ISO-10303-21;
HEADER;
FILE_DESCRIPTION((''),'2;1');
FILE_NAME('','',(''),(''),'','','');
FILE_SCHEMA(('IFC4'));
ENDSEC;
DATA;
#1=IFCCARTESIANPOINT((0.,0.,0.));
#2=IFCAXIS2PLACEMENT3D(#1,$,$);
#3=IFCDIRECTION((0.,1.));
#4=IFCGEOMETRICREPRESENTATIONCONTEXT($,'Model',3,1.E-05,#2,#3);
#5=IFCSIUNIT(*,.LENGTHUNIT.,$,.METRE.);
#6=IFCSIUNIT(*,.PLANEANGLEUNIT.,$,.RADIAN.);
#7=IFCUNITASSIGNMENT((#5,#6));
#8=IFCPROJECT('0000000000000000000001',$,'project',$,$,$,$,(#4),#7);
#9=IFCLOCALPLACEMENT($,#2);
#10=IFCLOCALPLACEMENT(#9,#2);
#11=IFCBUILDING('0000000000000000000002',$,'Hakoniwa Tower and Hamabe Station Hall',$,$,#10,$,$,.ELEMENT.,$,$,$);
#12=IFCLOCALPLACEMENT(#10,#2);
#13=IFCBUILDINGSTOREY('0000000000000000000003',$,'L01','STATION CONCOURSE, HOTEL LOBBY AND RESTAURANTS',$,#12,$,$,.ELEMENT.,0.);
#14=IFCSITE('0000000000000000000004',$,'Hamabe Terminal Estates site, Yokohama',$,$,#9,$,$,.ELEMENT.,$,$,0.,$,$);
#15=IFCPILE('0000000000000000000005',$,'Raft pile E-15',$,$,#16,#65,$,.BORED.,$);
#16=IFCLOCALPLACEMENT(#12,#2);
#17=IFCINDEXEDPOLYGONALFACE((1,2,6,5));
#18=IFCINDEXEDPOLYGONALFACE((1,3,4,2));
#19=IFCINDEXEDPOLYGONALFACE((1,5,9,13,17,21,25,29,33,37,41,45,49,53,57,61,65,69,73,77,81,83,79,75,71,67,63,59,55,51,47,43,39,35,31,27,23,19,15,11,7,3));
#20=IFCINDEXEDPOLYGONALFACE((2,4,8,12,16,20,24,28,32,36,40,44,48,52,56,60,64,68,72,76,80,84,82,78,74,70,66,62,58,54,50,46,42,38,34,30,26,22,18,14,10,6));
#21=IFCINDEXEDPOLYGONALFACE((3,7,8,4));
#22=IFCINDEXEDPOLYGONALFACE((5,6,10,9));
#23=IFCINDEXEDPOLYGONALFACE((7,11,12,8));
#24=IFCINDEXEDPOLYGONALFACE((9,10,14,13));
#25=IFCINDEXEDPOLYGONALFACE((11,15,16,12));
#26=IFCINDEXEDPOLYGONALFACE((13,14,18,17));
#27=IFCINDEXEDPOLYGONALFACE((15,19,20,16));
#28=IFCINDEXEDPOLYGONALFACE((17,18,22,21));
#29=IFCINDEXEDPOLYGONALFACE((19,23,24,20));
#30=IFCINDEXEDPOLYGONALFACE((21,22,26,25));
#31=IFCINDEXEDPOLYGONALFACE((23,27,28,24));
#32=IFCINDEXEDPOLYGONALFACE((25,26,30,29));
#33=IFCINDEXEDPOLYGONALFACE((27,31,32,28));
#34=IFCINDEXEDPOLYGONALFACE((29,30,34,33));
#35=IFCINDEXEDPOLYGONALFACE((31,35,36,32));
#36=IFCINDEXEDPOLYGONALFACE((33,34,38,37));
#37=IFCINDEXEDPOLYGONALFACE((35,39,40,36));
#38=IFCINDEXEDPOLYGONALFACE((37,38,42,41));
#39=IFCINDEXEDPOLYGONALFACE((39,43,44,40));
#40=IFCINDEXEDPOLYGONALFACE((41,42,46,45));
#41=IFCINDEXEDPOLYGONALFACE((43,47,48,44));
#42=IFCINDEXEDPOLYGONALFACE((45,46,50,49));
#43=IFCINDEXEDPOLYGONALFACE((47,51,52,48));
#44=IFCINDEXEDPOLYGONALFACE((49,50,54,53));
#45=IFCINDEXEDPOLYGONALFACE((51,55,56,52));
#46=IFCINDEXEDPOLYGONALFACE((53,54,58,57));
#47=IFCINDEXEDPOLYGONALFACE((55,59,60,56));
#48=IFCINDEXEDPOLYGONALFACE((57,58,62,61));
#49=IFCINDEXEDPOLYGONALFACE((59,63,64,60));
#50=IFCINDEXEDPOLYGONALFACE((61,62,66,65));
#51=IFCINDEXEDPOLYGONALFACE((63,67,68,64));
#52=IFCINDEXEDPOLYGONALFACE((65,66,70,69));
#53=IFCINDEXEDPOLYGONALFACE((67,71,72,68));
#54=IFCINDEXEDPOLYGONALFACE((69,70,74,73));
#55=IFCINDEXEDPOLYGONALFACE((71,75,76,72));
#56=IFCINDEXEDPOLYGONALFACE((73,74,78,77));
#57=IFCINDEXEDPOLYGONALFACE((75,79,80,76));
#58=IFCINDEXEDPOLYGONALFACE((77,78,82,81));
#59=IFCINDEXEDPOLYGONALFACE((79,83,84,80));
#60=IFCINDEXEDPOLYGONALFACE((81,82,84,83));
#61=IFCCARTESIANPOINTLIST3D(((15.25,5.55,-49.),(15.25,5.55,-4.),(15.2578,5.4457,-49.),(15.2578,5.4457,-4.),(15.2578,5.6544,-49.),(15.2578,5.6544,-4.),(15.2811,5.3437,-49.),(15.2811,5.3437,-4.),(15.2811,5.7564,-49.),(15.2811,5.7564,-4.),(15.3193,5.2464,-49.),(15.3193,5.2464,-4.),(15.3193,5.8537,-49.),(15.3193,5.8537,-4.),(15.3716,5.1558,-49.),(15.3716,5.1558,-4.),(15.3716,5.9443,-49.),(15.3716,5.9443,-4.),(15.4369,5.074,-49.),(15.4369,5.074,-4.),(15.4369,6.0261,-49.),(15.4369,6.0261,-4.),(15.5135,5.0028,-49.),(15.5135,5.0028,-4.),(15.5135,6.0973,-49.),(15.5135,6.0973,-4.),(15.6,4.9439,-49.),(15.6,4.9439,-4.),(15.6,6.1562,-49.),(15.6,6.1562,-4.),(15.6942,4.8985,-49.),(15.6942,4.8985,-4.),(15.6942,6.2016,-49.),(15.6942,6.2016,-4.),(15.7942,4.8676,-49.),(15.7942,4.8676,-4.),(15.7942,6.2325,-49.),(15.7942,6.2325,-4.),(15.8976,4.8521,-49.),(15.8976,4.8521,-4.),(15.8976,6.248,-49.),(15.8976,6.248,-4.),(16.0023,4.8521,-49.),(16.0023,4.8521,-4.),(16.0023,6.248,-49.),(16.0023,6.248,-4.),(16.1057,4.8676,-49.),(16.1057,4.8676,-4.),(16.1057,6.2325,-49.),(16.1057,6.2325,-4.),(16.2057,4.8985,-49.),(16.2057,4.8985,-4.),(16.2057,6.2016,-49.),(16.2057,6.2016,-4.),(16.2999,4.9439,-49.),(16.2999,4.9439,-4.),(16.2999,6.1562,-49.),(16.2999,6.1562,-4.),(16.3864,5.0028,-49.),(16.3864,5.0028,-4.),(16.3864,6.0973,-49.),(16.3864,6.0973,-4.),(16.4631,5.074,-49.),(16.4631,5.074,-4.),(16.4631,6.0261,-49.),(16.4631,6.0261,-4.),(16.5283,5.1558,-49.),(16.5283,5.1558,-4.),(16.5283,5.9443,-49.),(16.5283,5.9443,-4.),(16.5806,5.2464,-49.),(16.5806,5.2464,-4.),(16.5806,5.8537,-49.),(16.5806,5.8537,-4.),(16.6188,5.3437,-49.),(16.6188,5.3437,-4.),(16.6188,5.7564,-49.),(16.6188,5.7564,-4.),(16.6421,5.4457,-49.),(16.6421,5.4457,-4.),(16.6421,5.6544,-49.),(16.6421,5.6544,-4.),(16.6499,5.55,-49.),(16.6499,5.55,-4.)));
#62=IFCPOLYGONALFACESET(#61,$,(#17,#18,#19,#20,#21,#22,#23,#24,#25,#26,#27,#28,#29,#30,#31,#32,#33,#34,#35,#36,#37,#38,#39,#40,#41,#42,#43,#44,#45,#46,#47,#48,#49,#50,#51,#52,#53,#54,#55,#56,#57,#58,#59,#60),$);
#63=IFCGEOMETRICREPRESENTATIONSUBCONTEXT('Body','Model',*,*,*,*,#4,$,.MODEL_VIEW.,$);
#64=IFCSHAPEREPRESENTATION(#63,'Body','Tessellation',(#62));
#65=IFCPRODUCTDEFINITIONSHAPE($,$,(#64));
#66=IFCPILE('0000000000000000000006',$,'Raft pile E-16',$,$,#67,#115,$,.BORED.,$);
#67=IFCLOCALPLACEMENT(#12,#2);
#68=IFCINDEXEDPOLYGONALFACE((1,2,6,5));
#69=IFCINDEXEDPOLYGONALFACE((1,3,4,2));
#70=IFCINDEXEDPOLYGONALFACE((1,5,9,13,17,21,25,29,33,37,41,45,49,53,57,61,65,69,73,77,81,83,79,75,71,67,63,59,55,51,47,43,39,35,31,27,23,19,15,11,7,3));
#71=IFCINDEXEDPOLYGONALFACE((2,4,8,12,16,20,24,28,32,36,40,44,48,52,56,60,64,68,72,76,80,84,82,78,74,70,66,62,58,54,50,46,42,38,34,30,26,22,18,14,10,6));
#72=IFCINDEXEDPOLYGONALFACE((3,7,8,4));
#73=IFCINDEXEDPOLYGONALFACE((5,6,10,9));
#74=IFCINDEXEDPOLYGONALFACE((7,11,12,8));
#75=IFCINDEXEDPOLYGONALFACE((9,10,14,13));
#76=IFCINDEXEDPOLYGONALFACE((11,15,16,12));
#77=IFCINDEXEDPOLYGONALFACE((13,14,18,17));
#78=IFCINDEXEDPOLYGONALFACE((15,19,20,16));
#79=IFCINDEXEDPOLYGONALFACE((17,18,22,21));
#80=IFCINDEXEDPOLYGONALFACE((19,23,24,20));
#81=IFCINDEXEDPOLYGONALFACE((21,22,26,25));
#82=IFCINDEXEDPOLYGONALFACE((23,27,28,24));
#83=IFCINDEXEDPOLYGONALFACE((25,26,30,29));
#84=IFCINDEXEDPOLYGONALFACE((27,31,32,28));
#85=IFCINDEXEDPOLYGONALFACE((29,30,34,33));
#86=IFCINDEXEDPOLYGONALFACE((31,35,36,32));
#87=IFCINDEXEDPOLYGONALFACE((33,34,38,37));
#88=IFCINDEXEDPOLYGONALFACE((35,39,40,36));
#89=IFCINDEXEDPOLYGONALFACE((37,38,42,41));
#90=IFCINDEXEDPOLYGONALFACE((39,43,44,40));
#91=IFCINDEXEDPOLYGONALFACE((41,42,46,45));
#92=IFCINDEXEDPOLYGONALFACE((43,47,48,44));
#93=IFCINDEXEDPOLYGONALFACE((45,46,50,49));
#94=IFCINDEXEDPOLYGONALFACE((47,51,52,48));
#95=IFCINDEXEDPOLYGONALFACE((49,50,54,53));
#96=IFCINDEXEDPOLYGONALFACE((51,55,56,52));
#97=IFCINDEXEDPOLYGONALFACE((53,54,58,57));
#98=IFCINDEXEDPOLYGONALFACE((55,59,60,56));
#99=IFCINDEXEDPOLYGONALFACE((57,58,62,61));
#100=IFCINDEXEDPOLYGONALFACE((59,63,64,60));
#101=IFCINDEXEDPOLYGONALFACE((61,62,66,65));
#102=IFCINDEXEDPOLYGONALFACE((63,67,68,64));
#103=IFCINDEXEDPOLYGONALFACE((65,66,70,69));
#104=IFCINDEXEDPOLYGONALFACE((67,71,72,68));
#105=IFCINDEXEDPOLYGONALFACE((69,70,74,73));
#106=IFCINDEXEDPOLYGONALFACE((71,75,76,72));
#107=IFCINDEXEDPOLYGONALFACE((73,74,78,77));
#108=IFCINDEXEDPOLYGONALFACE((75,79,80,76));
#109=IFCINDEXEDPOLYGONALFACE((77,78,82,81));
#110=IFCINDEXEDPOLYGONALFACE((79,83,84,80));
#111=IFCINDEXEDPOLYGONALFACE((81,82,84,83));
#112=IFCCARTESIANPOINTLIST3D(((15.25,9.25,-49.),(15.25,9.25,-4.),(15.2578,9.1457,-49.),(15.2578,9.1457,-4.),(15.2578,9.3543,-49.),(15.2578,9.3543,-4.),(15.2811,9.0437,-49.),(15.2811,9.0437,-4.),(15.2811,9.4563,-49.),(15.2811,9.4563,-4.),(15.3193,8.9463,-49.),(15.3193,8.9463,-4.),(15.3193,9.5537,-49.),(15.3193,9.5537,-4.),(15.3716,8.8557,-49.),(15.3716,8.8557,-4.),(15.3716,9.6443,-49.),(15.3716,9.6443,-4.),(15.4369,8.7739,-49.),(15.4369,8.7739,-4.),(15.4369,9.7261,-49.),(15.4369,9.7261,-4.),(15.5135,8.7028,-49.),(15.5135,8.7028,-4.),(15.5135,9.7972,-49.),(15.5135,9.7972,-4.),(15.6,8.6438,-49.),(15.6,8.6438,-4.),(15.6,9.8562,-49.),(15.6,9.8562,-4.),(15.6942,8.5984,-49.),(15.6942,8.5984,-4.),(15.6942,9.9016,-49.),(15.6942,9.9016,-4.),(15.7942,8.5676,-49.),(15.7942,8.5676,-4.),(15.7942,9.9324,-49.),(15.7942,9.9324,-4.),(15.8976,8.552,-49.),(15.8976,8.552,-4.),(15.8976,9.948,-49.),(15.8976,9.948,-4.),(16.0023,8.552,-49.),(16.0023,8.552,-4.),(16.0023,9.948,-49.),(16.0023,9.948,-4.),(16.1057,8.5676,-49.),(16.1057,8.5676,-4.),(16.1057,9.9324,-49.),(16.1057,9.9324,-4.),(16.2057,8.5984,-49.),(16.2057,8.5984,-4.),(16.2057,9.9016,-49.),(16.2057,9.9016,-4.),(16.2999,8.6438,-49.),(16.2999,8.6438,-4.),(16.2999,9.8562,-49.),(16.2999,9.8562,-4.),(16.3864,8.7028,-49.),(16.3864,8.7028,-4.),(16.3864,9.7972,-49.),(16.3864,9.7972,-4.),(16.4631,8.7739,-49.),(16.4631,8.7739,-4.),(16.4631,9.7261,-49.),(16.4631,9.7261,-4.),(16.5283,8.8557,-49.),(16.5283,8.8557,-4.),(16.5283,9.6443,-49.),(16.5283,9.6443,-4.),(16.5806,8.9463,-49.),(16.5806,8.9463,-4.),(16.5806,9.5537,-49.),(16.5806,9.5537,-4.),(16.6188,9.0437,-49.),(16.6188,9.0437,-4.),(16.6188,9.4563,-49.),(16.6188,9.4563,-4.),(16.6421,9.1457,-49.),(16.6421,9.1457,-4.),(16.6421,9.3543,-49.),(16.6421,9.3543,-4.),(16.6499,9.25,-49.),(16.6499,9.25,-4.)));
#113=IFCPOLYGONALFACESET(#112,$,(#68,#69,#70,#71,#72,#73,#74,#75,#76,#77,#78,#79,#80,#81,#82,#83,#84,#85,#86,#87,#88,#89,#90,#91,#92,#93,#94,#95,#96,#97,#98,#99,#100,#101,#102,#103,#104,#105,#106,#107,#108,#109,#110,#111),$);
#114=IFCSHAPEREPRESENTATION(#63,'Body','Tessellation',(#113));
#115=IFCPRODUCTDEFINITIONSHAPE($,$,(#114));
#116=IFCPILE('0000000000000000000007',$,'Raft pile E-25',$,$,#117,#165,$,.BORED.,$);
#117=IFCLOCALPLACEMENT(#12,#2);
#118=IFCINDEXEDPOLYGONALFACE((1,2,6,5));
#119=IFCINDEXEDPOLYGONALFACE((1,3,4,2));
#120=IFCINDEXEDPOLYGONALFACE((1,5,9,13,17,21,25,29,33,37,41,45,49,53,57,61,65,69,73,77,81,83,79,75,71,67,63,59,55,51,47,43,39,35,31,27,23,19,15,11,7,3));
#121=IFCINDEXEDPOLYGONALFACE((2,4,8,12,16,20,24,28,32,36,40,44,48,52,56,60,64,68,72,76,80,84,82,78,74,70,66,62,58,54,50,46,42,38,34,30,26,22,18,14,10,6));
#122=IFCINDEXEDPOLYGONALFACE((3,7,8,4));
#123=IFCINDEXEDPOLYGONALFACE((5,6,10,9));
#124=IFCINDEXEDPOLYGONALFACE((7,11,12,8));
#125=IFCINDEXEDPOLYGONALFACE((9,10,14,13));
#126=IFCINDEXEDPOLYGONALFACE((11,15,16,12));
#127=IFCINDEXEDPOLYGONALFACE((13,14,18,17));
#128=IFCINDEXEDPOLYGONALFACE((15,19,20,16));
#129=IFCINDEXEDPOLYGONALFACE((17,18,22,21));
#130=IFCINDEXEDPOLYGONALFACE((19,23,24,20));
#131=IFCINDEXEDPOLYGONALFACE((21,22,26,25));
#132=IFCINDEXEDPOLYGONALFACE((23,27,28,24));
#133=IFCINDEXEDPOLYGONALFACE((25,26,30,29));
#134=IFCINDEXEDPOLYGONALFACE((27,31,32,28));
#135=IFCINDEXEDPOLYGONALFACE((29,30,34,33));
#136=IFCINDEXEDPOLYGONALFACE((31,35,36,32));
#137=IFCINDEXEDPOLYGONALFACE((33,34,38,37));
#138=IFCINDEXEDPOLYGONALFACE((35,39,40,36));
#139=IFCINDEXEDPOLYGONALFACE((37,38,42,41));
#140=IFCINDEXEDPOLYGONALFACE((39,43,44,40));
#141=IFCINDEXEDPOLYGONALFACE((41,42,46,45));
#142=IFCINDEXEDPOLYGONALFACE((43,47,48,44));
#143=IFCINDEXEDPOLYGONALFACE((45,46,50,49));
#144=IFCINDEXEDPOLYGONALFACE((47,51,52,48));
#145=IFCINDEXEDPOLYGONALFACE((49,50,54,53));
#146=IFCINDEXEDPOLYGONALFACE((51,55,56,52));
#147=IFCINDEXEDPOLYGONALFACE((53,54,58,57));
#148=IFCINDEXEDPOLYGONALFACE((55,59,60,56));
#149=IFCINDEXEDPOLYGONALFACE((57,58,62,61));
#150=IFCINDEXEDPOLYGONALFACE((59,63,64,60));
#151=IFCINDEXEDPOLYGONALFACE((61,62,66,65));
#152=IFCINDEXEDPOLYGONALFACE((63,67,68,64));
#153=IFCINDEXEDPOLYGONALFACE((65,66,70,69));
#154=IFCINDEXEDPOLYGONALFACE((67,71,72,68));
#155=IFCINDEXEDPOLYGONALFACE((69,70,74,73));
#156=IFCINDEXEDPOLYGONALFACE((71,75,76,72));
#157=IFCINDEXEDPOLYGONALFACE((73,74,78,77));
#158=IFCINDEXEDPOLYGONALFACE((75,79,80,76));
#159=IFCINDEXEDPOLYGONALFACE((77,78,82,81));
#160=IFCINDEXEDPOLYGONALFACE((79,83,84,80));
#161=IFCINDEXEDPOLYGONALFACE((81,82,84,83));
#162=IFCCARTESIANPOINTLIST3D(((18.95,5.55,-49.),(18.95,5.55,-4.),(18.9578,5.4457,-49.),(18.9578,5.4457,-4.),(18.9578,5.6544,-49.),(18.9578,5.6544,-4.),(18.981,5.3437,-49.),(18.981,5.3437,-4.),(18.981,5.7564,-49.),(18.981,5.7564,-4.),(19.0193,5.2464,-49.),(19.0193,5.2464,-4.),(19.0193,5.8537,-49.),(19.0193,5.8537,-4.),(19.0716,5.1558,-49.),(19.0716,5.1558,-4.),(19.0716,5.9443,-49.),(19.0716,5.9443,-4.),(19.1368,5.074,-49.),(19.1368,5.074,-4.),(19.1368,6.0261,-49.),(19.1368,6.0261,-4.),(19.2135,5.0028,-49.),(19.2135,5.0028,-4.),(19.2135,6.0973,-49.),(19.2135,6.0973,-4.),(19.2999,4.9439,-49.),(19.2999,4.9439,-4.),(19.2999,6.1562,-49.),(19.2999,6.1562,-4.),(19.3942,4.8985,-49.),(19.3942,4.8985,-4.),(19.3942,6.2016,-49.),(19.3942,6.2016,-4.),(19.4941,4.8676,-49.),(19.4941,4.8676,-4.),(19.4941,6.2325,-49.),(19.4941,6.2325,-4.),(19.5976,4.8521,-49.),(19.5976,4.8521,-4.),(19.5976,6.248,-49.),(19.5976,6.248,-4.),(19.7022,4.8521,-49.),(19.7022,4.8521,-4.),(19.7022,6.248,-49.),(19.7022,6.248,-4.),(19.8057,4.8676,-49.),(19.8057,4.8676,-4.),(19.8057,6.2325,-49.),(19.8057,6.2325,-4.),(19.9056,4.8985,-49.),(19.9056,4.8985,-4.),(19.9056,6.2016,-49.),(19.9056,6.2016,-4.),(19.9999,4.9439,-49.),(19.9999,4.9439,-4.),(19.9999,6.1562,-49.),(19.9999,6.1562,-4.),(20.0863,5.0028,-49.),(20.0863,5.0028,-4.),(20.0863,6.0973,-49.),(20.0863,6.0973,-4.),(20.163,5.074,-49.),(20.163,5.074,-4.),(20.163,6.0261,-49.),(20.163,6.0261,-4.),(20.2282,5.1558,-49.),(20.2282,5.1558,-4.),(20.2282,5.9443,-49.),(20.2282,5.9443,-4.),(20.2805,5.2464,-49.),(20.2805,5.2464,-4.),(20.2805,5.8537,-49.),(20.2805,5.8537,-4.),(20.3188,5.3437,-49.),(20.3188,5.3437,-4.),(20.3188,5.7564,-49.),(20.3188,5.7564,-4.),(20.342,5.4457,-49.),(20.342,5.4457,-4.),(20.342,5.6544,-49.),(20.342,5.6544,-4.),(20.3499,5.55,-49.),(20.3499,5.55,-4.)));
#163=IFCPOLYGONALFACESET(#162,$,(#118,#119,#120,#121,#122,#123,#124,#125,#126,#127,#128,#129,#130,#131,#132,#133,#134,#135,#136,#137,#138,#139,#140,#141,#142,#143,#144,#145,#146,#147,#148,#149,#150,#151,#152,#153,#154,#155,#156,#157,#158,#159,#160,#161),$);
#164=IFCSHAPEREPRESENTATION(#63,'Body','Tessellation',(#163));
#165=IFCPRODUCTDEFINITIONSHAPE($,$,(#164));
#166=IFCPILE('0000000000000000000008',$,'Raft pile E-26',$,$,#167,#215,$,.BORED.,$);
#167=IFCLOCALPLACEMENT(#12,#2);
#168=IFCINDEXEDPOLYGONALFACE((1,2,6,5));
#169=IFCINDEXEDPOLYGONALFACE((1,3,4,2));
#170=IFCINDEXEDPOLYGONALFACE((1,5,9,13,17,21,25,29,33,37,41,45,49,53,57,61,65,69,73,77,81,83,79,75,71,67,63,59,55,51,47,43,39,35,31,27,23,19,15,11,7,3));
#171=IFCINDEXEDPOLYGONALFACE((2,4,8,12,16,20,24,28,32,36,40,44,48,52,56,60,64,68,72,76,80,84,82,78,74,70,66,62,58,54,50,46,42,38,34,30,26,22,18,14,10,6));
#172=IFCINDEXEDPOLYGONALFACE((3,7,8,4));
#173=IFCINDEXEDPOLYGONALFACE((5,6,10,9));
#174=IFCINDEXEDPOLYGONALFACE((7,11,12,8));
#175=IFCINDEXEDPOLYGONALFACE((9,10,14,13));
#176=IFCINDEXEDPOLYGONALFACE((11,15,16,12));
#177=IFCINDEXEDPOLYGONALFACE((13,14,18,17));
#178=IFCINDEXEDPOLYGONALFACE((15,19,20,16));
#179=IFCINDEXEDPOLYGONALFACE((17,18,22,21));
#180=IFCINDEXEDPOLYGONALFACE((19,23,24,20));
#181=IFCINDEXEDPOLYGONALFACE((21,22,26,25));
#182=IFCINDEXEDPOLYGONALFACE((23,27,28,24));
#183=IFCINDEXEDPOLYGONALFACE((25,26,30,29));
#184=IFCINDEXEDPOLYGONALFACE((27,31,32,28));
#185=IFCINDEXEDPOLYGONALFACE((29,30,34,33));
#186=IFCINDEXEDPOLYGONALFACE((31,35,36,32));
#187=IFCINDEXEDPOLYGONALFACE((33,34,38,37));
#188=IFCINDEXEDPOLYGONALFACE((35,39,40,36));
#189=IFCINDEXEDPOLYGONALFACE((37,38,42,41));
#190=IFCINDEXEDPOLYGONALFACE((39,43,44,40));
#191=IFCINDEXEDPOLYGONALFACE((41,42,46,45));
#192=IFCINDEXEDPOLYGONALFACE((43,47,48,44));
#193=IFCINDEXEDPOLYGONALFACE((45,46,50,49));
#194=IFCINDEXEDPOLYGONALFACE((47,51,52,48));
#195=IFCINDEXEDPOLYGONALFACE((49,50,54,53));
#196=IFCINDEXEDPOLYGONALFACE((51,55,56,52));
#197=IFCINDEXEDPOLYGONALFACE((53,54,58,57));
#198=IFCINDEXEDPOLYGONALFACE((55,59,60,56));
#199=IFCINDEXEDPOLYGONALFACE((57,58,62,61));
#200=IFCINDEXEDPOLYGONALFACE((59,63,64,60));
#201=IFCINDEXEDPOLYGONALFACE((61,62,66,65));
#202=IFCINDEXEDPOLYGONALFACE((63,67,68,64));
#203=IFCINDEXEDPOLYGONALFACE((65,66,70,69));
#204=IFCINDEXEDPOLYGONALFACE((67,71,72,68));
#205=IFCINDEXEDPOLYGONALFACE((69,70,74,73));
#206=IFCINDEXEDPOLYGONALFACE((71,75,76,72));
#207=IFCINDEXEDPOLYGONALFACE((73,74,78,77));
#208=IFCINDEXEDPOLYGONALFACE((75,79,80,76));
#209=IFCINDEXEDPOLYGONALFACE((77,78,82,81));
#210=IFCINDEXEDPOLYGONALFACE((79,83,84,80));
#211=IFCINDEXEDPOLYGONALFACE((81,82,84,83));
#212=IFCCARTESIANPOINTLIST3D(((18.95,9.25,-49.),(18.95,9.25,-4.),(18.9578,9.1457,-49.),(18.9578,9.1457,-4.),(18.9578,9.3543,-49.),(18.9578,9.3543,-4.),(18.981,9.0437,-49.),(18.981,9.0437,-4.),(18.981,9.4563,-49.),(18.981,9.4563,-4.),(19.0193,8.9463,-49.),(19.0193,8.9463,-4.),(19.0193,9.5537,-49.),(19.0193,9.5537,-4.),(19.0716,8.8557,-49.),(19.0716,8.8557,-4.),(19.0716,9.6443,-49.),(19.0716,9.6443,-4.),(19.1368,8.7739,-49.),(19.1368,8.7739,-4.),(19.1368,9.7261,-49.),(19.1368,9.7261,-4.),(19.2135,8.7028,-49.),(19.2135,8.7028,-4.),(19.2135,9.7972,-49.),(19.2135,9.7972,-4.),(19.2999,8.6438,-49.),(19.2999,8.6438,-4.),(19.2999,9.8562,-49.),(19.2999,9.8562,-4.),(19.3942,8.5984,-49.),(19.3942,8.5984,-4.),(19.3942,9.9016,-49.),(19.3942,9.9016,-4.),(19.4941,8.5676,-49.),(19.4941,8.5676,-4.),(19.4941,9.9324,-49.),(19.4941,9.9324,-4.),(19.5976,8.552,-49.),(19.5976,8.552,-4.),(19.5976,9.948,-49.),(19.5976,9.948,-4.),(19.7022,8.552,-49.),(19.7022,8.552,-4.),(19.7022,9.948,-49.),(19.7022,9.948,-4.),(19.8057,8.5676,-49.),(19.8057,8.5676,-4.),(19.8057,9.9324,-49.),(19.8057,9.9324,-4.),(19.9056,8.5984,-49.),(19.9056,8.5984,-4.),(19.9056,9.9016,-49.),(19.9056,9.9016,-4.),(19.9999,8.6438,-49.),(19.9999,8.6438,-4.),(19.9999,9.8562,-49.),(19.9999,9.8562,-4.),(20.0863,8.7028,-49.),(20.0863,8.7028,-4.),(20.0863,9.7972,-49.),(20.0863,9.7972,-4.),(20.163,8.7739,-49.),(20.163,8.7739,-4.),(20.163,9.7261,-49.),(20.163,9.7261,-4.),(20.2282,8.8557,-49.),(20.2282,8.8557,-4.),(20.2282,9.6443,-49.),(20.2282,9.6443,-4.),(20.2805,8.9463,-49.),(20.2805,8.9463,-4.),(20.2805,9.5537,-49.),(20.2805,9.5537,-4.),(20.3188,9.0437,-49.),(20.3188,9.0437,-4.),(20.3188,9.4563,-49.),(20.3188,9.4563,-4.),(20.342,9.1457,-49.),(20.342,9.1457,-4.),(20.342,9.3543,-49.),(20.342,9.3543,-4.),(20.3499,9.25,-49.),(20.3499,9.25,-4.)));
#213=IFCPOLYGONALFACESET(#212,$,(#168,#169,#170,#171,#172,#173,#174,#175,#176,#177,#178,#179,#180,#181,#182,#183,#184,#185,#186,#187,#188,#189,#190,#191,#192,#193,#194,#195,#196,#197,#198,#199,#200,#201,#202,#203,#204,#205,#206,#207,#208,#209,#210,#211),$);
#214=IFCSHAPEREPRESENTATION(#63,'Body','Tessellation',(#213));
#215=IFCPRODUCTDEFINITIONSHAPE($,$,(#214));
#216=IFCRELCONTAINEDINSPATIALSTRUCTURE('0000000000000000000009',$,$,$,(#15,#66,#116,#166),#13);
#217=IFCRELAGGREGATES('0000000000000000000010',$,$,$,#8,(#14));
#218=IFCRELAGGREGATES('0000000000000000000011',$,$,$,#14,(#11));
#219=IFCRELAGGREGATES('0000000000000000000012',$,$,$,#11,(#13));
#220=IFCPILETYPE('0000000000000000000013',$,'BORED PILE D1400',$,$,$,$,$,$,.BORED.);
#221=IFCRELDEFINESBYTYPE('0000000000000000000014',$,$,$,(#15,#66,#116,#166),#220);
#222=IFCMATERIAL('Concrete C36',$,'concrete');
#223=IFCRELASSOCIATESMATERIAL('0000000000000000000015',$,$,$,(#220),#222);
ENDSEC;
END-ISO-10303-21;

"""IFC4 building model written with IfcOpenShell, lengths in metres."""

from ifc_helpers import new_model, si_unit, direction, frame, origin, origin_2d, place, context, subcontext, project, spatial, circle, extrude, material, material_profile, profile_set, type_object, element, save


model = new_model("IFC4")

# Units and contexts
model_context = context("Model", 3, precision=1e-05, world=origin(), true_north=direction((0.0, 1.0)))
body_context = subcontext(model_context, "Body", "Model", "MODEL_VIEW")
ifc_project = project(units=[si_unit("LENGTHUNIT", "METRE"), si_unit("PLANEANGLEUNIT", "RADIAN")], contexts=[model_context])

# Site, building, storey
site_placement = place(None, origin())
site = spatial("IfcSite", under=ifc_project, at=site_placement, Name="Hamabe Terminal Estates site, Yokohama", CompositionType="ELEMENT", RefElevation=0.0)
building_placement = place(site_placement, origin())
building = spatial("IfcBuilding", under=site, at=building_placement, Name="Hakoniwa Tower and Hamabe Station Hall", CompositionType="ELEMENT")
storey_placement = place(building_placement, origin())
storey = spatial("IfcBuildingStorey", under=building, at=storey_placement, Name="L01", Description="STATION CONCOURSE, HOTEL LOBBY AND RESTAURANTS", CompositionType="ELEMENT", Elevation=0.0)

# Piles
ifc_material_1 = material(Name="Concrete C36", Category="concrete")
ifc_material_profile_1 = material_profile(ifc_material_1, circle(Radius=0.7, at=origin_2d()), Name="BORED PILE D1400")
ifc_profile_set_1 = profile_set([ifc_material_profile_1], Name="Concrete C36")
pile_type = type_object("IfcPileType", Name="BORED PILE D1400", PredefinedType="BORED", material=ifc_profile_set_1)
for number, where, z_axis, x_axis, name in (
    (1, (15.95, 5.55, -4.0), (0.0, 0.0, -1.0), (1.0, 0.0, 0.0), "Raft pile E-15"),
    (2, (15.95, 9.25, -4.0), (0.0, 0.0, -1.0), (1.0, 0.0, 0.0), "Raft pile E-16"),
    (3, (19.6499, 5.55, -4.0), (0.0, 0.0, -1.0), (1.0, 0.0, 0.0), "Raft pile E-25"),
    (4, (19.6499, 9.25, -4.0), (0.0, 0.0, -1.0), (1.0, 0.0, 0.0), "Raft pile E-26"),
):
    element("IfcPile", number, at=place(storey_placement, frame(where, z_axis=z_axis, x_axis=x_axis)), inside=storey, type_object=pile_type, Name=name, PredefinedType="BORED", context=body_context, shape_type="SweptSolid", body=[
        extrude(circle(Radius=0.7, at=origin_2d()), origin(), (0.0, 0.0, 1.0), 45.0),
    ])

save(model, "model.ifc")
